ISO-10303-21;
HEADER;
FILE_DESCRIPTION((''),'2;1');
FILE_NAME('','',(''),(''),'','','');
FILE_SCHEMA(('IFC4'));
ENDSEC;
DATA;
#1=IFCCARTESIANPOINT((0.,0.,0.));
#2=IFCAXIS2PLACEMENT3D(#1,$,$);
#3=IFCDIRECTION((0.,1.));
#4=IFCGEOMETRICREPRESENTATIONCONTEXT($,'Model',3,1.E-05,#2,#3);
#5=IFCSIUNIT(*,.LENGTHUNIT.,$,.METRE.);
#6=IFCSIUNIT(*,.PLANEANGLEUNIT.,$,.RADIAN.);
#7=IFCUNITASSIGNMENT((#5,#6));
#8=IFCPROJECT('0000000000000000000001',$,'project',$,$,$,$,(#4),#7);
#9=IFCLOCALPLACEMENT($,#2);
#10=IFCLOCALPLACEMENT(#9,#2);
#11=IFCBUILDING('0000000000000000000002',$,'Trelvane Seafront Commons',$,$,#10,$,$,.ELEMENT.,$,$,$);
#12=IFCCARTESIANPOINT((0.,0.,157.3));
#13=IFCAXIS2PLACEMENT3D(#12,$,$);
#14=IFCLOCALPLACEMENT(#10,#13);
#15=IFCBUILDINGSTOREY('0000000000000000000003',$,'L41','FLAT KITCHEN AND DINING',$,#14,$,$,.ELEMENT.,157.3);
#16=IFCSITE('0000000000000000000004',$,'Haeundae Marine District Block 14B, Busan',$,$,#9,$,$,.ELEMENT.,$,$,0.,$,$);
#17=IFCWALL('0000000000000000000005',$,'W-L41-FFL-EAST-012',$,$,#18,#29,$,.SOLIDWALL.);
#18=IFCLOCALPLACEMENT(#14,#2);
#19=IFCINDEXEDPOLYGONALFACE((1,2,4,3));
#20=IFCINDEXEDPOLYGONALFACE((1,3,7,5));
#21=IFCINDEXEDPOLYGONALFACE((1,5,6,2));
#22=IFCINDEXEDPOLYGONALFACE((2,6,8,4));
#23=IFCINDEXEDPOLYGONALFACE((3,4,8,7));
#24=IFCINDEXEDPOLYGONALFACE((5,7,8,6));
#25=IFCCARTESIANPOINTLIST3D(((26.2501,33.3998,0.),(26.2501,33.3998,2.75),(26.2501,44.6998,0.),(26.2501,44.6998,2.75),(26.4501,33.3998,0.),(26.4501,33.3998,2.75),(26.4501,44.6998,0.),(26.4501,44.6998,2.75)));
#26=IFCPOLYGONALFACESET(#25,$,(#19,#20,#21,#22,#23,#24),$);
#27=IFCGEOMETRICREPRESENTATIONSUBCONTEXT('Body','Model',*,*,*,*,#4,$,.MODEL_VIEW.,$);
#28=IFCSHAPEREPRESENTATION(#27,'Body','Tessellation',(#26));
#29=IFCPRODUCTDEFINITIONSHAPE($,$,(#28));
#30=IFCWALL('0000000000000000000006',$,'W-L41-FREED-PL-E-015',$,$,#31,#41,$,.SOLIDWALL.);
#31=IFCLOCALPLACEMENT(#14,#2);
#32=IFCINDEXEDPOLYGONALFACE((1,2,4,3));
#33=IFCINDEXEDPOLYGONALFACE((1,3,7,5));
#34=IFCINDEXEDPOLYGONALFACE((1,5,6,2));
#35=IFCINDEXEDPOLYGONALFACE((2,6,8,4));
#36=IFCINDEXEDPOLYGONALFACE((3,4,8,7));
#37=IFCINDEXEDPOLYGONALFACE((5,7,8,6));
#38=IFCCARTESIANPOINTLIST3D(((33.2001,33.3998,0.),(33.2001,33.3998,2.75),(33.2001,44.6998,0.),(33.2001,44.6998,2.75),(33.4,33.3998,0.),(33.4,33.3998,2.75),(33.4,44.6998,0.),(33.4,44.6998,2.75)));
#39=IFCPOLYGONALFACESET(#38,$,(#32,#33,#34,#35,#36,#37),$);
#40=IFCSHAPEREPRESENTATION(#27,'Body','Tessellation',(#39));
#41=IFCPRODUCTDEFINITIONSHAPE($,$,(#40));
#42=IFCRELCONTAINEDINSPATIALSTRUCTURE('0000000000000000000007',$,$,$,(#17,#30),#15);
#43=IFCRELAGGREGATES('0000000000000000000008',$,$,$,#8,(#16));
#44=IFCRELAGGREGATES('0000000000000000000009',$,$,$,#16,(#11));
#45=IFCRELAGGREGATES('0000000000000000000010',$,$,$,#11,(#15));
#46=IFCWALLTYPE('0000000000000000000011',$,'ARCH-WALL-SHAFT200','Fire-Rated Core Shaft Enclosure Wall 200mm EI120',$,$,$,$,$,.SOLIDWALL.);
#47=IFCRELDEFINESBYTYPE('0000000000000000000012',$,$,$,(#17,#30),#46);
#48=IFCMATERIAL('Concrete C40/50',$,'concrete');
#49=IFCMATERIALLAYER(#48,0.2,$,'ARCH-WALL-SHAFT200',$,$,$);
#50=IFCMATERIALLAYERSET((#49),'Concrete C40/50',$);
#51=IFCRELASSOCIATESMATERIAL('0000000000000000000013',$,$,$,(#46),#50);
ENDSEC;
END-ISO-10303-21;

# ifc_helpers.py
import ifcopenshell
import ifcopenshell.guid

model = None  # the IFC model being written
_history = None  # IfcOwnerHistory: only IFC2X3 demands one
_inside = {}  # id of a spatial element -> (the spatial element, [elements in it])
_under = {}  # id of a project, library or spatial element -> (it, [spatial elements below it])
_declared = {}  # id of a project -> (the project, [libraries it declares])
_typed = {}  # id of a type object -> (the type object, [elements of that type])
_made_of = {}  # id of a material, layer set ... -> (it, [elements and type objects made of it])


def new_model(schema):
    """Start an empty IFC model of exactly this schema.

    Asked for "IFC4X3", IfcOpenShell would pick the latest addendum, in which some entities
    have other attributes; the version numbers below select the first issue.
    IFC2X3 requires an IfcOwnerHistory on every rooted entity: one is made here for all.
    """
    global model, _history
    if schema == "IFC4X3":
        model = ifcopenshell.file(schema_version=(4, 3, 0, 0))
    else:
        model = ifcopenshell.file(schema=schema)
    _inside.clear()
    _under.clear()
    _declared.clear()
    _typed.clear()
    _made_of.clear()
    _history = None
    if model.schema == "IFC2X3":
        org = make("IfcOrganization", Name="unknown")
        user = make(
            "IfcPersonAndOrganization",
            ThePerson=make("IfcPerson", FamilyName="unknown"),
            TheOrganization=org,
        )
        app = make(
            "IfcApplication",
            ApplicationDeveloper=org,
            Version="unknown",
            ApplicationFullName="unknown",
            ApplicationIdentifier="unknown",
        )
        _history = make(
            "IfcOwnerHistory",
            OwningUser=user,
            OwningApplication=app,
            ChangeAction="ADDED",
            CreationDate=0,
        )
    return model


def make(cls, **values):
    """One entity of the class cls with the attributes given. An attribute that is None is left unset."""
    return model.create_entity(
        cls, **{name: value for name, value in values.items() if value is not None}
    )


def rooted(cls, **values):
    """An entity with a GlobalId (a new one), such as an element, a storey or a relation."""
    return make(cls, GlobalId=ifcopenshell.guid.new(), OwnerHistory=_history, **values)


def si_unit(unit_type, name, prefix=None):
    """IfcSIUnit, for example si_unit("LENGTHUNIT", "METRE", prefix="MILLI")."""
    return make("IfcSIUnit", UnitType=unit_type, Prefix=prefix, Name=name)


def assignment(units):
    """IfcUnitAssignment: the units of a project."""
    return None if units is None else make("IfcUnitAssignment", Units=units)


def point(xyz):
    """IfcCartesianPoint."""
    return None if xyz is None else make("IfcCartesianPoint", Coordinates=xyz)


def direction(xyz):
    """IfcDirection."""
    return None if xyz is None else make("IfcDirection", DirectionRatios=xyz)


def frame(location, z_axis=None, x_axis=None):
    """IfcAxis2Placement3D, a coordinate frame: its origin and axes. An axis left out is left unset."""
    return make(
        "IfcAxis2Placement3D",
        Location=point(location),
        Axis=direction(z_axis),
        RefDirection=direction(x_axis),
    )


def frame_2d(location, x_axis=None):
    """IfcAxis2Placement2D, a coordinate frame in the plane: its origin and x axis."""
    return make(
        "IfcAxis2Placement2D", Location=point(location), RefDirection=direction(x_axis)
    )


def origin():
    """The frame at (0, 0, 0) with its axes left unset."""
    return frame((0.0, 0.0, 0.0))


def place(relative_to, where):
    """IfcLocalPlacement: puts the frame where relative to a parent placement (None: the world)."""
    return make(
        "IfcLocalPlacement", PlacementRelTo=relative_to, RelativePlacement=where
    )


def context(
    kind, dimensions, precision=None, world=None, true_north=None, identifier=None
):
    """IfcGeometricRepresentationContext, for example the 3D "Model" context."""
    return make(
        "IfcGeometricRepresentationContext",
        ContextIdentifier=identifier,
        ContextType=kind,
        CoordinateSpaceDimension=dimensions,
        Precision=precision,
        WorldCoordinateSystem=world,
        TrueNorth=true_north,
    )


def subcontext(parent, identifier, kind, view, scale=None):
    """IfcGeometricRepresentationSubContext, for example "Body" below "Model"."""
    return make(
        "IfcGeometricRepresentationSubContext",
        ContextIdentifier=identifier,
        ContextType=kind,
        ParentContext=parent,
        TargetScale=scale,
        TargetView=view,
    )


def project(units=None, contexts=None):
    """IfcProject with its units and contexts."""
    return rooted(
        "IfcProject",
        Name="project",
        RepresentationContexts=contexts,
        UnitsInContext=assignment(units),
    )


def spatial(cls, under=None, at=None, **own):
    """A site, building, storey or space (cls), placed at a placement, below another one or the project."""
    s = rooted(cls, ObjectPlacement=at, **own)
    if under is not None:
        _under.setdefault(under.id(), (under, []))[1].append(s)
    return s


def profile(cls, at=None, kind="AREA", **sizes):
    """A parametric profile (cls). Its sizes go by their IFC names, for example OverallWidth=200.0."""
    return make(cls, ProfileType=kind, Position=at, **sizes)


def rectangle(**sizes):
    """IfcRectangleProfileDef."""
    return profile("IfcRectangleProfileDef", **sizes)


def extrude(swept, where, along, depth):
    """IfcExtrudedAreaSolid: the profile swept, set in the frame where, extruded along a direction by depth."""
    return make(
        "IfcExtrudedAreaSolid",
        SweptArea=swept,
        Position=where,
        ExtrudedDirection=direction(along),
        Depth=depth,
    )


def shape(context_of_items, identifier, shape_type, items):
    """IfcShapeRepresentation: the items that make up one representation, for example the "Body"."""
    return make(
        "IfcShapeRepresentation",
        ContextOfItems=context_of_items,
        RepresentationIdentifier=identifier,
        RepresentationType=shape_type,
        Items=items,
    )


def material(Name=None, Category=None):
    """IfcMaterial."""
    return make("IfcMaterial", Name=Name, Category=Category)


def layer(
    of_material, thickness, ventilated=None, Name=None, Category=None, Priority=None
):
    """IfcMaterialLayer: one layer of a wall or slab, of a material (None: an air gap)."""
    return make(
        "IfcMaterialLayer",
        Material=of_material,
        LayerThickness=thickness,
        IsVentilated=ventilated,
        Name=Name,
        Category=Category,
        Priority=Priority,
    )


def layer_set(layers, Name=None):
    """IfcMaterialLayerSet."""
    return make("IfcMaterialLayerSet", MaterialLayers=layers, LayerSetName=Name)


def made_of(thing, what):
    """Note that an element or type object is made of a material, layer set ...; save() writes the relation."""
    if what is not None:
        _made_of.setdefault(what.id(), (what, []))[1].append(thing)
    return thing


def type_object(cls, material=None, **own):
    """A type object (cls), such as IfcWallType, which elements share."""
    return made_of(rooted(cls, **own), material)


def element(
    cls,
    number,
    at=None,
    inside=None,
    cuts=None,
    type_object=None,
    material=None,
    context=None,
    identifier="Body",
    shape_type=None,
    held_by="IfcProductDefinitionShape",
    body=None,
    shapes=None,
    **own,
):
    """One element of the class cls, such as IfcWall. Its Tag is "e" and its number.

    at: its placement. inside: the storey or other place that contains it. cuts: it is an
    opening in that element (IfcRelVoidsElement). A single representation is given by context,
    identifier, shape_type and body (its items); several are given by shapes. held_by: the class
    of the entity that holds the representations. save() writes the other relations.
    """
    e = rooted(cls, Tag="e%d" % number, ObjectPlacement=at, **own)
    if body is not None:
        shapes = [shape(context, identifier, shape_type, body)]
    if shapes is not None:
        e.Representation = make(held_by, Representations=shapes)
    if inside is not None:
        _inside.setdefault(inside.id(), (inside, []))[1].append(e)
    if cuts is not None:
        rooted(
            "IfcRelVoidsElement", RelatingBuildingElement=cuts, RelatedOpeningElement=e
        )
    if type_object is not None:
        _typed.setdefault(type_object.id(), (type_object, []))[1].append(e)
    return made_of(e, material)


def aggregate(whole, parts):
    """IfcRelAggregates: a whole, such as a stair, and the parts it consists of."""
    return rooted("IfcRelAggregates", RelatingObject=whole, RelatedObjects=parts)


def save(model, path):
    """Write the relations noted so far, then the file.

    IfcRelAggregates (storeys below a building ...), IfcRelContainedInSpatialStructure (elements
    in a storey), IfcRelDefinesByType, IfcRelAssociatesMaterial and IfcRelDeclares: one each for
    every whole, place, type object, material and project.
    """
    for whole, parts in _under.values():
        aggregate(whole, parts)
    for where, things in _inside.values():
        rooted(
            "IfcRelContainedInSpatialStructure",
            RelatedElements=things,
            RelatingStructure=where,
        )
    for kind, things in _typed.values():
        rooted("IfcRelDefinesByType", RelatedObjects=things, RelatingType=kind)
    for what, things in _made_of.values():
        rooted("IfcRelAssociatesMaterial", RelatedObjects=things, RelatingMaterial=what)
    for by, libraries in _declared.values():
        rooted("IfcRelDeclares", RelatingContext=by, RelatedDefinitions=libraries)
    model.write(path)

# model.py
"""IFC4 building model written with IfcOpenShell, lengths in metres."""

from ifc_helpers import new_model, si_unit, direction, frame, frame_2d, origin, place, context, subcontext, project, spatial, rectangle, extrude, material, layer, layer_set, type_object, element, save


model = new_model("IFC4")

# Units and contexts
model_context = context("Model", 3, precision=1e-05, world=origin(), true_north=direction((0.0, 1.0)))
body_context = subcontext(model_context, "Body", "Model", "MODEL_VIEW")
ifc_project = project(units=[si_unit("LENGTHUNIT", "METRE"), si_unit("PLANEANGLEUNIT", "RADIAN")], contexts=[model_context])

# Site, building, storey
site_placement = place(None, origin())
site = spatial("IfcSite", under=ifc_project, at=site_placement, Name="Haeundae Marine District Block 14B, Busan", CompositionType="ELEMENT", RefElevation=0.0)
building_placement = place(site_placement, origin())
building = spatial("IfcBuilding", under=site, at=building_placement, Name="Trelvane Seafront Commons", CompositionType="ELEMENT")
storey_placement = place(building_placement, frame((0.0, 0.0, 157.3)))
storey = spatial("IfcBuildingStorey", under=building, at=storey_placement, Name="L41", Description="FLAT KITCHEN AND DINING", CompositionType="ELEMENT", Elevation=157.3)

# Shared definitions
ifc_material_1 = material(Name="Concrete C40/50", Category="concrete")

# Walls
ifc_layer_1 = layer(ifc_material_1, 0.2, Name="ARCH-WALL-SHAFT200")
ifc_layer_set_1 = layer_set([ifc_layer_1], Name="Concrete C40/50")
wall_type_1 = type_object("IfcWallType", Name="ARCH-WALL-SHAFT200", Description="Fire-Rated Core Shaft Enclosure Wall 200mm EI120", PredefinedType="SOLIDWALL", material=ifc_layer_set_1)
for number, where, z_axis, x_axis, name in (
    (1, (26.3501, 33.3999, 0.0), (0.0, 0.0, 1.0), (0.0, 1.0, 0.0), "W-L41-FFL-EAST-012"),
    (2, (33.3, 33.3999, 0.0), (0.0, 0.0, 1.0), (0.0, 1.0, 0.0), "W-L41-FREED-PL-E-015"),
):
    element("IfcWall", number, at=place(storey_placement, frame(where, z_axis=z_axis, x_axis=x_axis)), inside=storey, type_object=wall_type_1, Name=name, PredefinedType="SOLIDWALL", context=body_context, shape_type="SweptSolid", body=[
        extrude(rectangle(XDim=11.3, YDim=0.2, at=frame_2d((5.6499, 0.0))), origin(), (0.0, 0.0, 1.0), 2.75),
    ])

save(model, "model.ifc")
